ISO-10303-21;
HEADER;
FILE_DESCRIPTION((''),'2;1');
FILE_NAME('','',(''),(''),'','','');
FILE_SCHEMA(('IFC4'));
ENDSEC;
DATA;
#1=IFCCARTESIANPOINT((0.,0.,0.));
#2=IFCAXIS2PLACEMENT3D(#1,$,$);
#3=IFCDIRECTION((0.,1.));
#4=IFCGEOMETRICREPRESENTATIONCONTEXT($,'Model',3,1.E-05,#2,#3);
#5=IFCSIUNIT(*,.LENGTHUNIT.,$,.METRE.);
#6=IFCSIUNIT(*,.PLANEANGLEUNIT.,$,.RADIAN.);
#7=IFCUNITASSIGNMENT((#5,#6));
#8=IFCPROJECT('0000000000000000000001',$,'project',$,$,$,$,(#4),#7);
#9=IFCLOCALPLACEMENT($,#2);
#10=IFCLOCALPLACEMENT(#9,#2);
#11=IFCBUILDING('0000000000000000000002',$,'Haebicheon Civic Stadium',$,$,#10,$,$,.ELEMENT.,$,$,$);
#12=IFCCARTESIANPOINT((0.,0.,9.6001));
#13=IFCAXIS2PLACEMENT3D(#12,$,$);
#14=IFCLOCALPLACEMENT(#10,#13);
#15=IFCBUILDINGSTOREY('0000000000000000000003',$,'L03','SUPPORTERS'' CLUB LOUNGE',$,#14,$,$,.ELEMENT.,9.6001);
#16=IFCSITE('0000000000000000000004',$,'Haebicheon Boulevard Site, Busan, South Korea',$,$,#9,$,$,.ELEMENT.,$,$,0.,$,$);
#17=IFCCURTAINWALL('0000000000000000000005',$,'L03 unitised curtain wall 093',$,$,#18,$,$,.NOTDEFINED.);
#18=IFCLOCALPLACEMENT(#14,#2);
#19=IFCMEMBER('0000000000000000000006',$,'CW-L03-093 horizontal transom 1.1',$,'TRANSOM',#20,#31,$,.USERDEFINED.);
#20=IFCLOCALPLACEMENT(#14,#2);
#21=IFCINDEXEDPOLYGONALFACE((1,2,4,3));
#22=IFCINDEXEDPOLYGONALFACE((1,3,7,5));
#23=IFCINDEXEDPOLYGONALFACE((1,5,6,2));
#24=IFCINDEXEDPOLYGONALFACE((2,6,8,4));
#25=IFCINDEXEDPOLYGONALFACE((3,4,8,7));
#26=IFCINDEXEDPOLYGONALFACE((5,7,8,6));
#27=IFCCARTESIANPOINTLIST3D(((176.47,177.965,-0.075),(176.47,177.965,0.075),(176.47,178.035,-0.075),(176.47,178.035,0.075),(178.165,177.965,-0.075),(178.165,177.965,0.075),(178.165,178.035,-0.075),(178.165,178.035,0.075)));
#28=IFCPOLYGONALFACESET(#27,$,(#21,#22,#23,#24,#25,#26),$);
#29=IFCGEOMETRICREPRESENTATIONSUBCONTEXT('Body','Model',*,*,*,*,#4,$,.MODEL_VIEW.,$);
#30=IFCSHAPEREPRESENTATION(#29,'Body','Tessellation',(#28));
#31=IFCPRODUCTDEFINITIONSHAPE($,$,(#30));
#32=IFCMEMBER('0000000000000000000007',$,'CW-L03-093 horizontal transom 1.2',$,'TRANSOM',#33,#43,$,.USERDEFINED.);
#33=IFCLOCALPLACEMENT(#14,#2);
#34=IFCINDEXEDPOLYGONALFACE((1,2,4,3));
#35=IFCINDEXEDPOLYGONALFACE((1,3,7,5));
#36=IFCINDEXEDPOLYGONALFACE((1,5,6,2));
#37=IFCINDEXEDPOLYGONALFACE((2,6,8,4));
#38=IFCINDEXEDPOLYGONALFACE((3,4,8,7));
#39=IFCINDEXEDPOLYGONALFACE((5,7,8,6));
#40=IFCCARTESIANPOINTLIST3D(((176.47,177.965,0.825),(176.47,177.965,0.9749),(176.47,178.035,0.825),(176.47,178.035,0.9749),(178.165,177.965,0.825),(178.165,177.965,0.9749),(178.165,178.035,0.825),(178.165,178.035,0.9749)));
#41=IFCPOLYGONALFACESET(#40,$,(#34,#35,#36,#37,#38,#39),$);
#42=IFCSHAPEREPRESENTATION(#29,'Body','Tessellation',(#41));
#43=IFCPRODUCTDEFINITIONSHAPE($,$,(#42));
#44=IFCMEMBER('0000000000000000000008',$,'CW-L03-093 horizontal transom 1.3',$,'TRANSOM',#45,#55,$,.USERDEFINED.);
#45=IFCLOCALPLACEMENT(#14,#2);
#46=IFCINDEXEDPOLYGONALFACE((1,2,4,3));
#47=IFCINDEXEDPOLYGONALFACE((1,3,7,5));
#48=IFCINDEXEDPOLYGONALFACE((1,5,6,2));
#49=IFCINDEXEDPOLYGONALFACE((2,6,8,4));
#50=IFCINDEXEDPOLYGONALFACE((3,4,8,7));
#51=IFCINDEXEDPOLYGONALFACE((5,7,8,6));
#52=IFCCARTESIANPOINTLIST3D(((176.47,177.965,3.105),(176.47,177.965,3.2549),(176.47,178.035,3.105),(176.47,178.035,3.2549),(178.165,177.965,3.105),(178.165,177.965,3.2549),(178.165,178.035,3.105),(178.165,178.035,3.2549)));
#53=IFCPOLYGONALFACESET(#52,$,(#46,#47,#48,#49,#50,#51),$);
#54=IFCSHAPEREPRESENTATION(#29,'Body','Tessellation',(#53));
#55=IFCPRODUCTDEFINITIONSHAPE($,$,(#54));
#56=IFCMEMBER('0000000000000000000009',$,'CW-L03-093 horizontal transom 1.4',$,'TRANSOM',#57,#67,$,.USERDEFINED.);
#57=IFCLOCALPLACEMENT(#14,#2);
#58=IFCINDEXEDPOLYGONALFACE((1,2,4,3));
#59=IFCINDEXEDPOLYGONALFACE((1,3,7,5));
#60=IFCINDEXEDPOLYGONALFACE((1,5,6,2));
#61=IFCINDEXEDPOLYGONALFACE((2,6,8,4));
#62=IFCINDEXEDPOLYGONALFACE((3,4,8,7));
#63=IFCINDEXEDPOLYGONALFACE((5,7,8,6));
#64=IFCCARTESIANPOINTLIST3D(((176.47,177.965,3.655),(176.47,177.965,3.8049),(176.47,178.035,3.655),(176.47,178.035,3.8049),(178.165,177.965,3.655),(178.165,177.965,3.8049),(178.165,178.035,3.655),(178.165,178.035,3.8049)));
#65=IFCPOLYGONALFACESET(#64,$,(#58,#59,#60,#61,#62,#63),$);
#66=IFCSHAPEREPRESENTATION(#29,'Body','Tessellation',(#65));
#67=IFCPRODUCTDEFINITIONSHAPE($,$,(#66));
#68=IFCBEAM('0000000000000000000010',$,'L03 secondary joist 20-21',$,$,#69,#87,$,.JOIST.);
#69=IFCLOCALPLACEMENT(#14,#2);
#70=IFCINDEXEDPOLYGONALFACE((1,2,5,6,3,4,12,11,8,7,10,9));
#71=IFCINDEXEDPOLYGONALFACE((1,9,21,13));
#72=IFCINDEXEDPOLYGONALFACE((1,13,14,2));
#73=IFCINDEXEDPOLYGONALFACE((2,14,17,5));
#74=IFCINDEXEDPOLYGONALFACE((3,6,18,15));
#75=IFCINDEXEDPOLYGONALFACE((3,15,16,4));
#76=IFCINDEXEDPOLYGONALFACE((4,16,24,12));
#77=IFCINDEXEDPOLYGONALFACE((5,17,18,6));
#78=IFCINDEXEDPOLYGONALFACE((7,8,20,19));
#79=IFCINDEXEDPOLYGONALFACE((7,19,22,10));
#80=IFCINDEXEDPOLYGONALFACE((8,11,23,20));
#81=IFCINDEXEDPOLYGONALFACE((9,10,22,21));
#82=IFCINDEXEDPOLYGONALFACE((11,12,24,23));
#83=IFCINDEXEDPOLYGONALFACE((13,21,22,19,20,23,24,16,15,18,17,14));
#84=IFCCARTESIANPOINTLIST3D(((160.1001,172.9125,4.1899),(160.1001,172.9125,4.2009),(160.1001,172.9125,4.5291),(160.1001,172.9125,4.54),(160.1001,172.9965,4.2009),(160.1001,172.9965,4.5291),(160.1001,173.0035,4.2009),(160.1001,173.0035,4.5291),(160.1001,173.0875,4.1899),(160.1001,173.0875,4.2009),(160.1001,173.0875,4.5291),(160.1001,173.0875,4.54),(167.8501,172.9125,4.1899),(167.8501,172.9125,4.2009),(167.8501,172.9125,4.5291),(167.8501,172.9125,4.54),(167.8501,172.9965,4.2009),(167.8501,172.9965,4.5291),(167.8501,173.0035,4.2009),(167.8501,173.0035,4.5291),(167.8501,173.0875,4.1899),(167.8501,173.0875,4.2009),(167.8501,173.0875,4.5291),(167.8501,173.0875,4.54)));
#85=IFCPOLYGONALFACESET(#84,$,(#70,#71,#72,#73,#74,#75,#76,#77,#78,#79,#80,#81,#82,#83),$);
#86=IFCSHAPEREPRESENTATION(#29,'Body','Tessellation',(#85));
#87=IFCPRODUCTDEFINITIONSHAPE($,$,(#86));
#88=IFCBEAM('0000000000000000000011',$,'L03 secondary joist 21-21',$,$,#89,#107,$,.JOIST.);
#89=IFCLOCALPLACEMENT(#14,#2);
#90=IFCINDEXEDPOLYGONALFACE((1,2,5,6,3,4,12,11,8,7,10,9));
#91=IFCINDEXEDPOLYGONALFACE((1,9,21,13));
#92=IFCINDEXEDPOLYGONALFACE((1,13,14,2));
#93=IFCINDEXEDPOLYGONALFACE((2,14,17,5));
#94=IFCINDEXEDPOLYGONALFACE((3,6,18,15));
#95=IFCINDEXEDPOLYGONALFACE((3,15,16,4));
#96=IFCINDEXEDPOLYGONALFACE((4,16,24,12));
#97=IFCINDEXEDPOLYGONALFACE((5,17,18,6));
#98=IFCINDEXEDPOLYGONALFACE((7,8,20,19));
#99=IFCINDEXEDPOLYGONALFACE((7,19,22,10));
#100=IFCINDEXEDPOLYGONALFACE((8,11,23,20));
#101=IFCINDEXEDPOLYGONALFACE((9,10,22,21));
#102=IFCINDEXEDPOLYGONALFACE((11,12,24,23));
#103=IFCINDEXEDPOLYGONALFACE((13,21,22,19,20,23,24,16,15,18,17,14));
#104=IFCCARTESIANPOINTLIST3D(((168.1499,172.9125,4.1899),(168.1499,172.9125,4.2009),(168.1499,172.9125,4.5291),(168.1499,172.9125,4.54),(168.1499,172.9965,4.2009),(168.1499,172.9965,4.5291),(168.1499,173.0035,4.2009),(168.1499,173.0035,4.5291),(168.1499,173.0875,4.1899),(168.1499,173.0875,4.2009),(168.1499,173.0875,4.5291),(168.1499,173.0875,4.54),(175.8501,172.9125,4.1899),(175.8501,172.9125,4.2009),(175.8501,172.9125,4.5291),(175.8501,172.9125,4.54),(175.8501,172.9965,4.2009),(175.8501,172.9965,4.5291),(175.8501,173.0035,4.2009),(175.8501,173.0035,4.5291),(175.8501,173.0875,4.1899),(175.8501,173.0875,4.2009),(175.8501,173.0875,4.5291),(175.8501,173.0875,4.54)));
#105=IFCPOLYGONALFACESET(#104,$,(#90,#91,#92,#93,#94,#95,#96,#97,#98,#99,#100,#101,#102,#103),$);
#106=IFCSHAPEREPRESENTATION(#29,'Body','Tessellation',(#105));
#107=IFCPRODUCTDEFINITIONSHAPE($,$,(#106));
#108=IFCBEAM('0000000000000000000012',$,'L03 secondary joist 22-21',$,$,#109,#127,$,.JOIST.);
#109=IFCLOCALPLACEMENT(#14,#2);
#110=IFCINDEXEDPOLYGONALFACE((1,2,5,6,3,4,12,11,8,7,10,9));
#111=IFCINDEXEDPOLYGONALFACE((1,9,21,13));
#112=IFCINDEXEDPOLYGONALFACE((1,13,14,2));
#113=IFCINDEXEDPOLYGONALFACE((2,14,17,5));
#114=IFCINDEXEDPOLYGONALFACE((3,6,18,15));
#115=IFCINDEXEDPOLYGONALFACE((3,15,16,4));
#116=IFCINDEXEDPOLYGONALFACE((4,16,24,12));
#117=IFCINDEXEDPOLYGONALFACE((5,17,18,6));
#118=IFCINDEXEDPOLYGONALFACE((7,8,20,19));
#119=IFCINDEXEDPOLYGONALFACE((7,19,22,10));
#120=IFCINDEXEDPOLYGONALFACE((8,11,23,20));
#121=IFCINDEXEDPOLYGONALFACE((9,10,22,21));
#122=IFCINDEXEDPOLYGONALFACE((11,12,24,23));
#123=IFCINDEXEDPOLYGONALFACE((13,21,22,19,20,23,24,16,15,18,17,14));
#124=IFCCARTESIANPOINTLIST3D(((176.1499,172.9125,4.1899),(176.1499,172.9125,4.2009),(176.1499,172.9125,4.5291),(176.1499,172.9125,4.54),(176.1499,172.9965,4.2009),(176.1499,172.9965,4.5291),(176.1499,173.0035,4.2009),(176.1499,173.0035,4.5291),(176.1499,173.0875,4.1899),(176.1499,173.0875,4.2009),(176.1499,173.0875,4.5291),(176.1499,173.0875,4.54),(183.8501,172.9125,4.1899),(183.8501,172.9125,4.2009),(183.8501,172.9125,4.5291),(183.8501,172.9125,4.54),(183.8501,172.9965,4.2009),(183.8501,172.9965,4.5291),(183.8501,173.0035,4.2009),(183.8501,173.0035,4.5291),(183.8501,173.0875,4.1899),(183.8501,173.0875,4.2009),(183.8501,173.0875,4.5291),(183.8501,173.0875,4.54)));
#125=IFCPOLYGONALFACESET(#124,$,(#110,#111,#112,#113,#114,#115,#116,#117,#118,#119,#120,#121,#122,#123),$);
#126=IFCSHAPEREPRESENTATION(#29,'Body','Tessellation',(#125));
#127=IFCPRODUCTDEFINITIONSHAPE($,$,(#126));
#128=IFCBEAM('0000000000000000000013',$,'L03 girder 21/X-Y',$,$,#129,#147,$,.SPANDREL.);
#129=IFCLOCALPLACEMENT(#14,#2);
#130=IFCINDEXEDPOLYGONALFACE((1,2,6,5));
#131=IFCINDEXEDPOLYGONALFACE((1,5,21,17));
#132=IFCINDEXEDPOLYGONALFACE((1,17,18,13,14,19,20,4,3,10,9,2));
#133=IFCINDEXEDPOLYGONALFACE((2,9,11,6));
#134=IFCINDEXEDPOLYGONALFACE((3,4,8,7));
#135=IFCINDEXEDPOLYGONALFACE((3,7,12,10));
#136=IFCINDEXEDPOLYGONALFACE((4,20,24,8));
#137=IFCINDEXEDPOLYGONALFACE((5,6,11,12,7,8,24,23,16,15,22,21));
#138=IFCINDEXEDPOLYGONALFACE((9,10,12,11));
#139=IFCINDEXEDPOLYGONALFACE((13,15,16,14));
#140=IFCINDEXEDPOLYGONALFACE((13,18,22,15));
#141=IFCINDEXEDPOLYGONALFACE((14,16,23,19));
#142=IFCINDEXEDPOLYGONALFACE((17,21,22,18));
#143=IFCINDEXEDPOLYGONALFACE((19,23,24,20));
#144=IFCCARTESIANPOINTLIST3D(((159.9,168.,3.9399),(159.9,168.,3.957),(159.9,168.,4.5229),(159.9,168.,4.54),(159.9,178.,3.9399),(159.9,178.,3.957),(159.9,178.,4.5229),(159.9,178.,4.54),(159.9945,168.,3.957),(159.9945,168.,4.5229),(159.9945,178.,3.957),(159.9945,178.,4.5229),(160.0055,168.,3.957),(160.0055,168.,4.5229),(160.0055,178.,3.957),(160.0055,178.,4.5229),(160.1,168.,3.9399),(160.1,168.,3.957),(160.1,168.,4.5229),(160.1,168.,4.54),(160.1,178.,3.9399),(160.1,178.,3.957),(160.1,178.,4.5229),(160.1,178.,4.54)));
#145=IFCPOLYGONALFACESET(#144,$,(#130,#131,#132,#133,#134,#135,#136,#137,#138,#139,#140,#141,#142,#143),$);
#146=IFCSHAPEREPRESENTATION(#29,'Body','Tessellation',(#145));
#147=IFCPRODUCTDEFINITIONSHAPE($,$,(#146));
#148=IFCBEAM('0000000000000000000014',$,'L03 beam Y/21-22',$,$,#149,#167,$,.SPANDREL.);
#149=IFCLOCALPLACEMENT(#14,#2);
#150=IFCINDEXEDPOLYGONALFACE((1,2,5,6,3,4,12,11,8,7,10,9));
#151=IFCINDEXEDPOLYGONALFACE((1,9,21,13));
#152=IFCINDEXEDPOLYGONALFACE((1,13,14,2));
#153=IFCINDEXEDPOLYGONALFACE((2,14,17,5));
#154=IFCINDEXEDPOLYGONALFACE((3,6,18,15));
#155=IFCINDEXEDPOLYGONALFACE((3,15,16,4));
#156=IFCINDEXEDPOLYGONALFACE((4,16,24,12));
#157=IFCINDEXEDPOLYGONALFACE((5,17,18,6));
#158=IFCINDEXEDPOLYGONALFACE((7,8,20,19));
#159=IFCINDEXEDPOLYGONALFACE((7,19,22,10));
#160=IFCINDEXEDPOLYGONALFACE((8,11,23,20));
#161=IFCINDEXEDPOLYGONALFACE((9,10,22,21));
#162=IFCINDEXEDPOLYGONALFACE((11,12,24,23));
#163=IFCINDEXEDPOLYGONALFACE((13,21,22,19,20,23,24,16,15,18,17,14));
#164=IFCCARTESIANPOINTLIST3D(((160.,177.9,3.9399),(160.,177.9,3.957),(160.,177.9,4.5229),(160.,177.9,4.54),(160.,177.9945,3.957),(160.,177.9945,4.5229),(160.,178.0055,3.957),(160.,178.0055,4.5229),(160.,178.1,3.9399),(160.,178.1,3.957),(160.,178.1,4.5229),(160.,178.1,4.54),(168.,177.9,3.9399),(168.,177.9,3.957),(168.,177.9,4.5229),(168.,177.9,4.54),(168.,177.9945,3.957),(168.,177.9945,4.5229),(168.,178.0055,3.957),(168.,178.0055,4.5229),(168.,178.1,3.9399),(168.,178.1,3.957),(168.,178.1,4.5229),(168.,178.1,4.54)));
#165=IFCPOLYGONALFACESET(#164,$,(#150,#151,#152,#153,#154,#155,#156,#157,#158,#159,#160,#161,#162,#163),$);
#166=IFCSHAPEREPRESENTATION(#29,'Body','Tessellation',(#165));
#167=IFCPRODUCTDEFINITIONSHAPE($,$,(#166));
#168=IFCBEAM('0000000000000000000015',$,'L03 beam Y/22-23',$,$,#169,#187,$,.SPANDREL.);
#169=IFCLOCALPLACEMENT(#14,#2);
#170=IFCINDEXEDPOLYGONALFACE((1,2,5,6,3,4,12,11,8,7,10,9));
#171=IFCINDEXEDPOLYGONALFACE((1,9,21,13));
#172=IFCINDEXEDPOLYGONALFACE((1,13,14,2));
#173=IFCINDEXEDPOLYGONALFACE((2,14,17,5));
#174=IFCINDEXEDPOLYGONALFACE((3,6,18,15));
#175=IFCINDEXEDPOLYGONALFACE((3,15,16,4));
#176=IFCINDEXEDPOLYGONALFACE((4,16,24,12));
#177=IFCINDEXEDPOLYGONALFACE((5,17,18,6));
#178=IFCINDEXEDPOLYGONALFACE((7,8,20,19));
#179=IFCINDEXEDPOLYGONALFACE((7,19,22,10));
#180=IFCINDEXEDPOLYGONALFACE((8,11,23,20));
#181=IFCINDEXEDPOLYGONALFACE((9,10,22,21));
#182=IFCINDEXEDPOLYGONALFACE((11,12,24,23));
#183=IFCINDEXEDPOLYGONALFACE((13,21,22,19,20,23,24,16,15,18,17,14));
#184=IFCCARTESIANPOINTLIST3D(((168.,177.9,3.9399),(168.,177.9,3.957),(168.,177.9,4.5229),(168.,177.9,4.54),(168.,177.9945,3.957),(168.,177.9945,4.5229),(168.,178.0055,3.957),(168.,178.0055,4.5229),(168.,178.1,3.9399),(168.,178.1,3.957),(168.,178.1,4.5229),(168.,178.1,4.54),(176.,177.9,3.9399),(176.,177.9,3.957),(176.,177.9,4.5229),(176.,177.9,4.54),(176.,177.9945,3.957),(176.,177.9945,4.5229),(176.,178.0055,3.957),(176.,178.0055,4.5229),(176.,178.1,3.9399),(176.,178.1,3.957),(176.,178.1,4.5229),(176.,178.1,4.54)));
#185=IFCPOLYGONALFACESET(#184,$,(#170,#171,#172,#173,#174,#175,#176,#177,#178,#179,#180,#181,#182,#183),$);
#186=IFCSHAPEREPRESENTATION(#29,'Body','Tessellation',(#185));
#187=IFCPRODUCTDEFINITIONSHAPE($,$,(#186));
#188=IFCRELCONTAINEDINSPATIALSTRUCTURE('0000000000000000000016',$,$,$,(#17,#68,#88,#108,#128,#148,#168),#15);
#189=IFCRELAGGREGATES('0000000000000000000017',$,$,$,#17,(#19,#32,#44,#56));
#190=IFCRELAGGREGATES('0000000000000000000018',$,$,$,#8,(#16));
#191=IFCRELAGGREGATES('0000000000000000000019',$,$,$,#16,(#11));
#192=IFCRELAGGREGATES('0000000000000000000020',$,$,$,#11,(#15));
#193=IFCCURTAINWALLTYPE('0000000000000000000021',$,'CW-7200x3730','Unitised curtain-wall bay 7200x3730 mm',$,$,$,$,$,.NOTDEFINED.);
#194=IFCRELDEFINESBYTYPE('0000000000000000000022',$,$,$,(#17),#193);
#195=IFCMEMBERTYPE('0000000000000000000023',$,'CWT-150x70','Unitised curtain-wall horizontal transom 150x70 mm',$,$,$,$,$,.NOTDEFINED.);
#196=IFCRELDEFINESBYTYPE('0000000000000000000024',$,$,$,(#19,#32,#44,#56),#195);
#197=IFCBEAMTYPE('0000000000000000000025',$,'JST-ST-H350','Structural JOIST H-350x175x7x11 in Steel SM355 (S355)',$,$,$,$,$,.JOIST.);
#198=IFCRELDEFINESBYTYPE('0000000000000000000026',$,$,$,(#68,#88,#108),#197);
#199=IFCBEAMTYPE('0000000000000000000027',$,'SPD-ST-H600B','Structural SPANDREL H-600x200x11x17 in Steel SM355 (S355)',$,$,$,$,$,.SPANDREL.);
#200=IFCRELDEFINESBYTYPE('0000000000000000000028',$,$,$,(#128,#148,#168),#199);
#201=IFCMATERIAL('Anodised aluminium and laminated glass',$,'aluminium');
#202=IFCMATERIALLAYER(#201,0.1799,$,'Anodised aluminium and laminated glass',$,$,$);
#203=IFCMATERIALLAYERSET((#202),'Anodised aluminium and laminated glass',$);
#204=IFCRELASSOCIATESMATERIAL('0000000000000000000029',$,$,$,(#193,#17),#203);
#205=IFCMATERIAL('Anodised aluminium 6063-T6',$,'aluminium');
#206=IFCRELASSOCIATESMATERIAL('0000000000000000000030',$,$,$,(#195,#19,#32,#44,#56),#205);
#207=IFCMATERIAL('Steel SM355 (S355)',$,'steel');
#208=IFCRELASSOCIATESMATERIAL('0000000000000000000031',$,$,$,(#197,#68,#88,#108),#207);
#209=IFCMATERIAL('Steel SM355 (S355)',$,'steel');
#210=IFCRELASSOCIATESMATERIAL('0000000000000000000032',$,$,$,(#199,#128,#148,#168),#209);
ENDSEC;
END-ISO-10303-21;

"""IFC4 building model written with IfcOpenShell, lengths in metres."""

from ifc_helpers import new_model, si_unit, direction, frame, origin, origin_2d, place, context, subcontext, project, spatial, rectangle, i_section, extrude, material, layer, layer_set, material_profile, profile_set, type_object, element, aggregate, save


model = new_model("IFC4")

# Units and contexts
model_context = context("Model", 3, precision=1e-05, world=origin(), true_north=direction((0.0, 1.0)))
body_context = subcontext(model_context, "Body", "Model", "MODEL_VIEW")
ifc_project = project(units=[si_unit("LENGTHUNIT", "METRE"), si_unit("PLANEANGLEUNIT", "RADIAN")], contexts=[model_context])

# Site, building, storey
site_placement = place(None, origin())
site = spatial("IfcSite", under=ifc_project, at=site_placement, Name="Haebicheon Boulevard Site, Busan, South Korea", CompositionType="ELEMENT", RefElevation=0.0)
building_placement = place(site_placement, origin())
building = spatial("IfcBuilding", under=site, at=building_placement, Name="Haebicheon Civic Stadium", CompositionType="ELEMENT")
storey_placement = place(building_placement, frame((0.0, 0.0, 9.6001)))
storey = spatial("IfcBuildingStorey", under=building, at=storey_placement, Name="L03", Description="SUPPORTERS' CLUB LOUNGE", CompositionType="ELEMENT", Elevation=9.6001)

# Curtain wall, members
ifc_material_1 = material(Name="Anodised aluminium and laminated glass", Category="aluminium")
ifc_layer_1 = layer(ifc_material_1, 0.1799, Name="Anodised aluminium and laminated glass")
ifc_layer_set_1 = layer_set([ifc_layer_1], Name="Anodised aluminium and laminated glass")
curtain_wall_type_1 = type_object("IfcCurtainWallType", Name="CW-7200x3730", Description="Unitised curtain-wall bay 7200x3730 mm", PredefinedType="NOTDEFINED", material=ifc_layer_set_1)
curtain_wall_1_placement = place(storey_placement, origin())
curtain_wall_1 = element("IfcCurtainWall", 1, at=curtain_wall_1_placement, inside=storey, type_object=curtain_wall_type_1, material=ifc_layer_set_1, Name="L03 unitised curtain wall 093", PredefinedType="NOTDEFINED")
ifc_material_2 = material(Name="Anodised aluminium 6063-T6", Category="aluminium")
ifc_material_profile_1 = material_profile(ifc_material_2, rectangle(XDim=0.0701, YDim=0.1499, at=origin_2d()), Name="ALU-TRAN-70x150")
ifc_profile_set_1 = profile_set([ifc_material_profile_1], Name="Anodised aluminium 6063-T6")
member_type_1 = type_object("IfcMemberType", Name="CWT-150x70", Description="Unitised curtain-wall horizontal transom 150x70 mm", PredefinedType="NOTDEFINED", material=ifc_profile_set_1)
member_1_placement = place(storey_placement, frame((176.47, 178.0, 0.0), z_axis=(1.0, 0.0, 0.0), x_axis=(0.0, 1.0, 0.0)))
member_1 = element("IfcMember", 2, at=member_1_placement, type_object=member_type_1, material=ifc_profile_set_1, Name="CW-L03-093 horizontal transom 1.1", ObjectType="TRANSOM", PredefinedType="USERDEFINED", context=body_context, shape_type="SweptSolid", body=[
    extrude(rectangle(XDim=0.0701, YDim=0.1499, at=origin_2d()), origin(), (0.0, 0.0, 1.0), 1.6951),
])
member_2_placement = place(storey_placement, frame((176.47, 178.0, 0.8999), z_axis=(1.0, 0.0, 0.0), x_axis=(0.0, 1.0, 0.0)))
member_2 = element("IfcMember", 3, at=member_2_placement, type_object=member_type_1, material=ifc_profile_set_1, Name="CW-L03-093 horizontal transom 1.2", ObjectType="TRANSOM", PredefinedType="USERDEFINED", context=body_context, shape_type="SweptSolid", body=[
    extrude(rectangle(XDim=0.0701, YDim=0.1499, at=origin_2d()), origin(), (0.0, 0.0, 1.0), 1.6951),
])
member_3_placement = place(storey_placement, frame((176.47, 178.0, 3.1799), z_axis=(1.0, 0.0, 0.0), x_axis=(0.0, 1.0, 0.0)))
member_3 = element("IfcMember", 4, at=member_3_placement, type_object=member_type_1, material=ifc_profile_set_1, Name="CW-L03-093 horizontal transom 1.3", ObjectType="TRANSOM", PredefinedType="USERDEFINED", context=body_context, shape_type="SweptSolid", body=[
    extrude(rectangle(XDim=0.0701, YDim=0.1499, at=origin_2d()), origin(), (0.0, 0.0, 1.0), 1.6951),
])
member_4_placement = place(storey_placement, frame((176.47, 178.0, 3.73), z_axis=(1.0, 0.0, 0.0), x_axis=(0.0, 1.0, 0.0)))
member_4 = element("IfcMember", 5, at=member_4_placement, type_object=member_type_1, material=ifc_profile_set_1, Name="CW-L03-093 horizontal transom 1.4", ObjectType="TRANSOM", PredefinedType="USERDEFINED", context=body_context, shape_type="SweptSolid", body=[
    extrude(rectangle(XDim=0.0701, YDim=0.1499, at=origin_2d()), origin(), (0.0, 0.0, 1.0), 1.6951),
])

# Beams
ifc_material_3 = material(Name="Steel SM355 (S355)", Category="steel")
ifc_material_profile_2 = material_profile(ifc_material_3, i_section(OverallWidth=0.175, OverallDepth=0.3501, WebThickness=0.0071, FlangeThickness=0.011, at=origin_2d()), Name="H-350x175x7x11")
ifc_profile_set_2 = profile_set([ifc_material_profile_2], Name="Steel SM355 (S355)")
beam_type_1 = type_object("IfcBeamType", Name="JST-ST-H350", Description="Structural JOIST H-350x175x7x11 in Steel SM355 (S355)", PredefinedType="JOIST", material=ifc_profile_set_2)
beam_1_placement = place(storey_placement, frame((160.1001, 173.0, 4.365), z_axis=(1.0, 0.0, 0.0), x_axis=(0.0, 1.0, 0.0)))
element("IfcBeam", 6, at=beam_1_placement, inside=storey, type_object=beam_type_1, material=ifc_profile_set_2, Name="L03 secondary joist 20-21", PredefinedType="JOIST", context=body_context, shape_type="SweptSolid", body=[
    extrude(i_section(OverallWidth=0.175, OverallDepth=0.3501, WebThickness=0.0071, FlangeThickness=0.011, at=origin_2d()), origin(), (0.0, 0.0, 1.0), 7.75),
])
for number, where, z_axis, x_axis, name in (
    (7, (168.1499, 173.0, 4.365), (1.0, 0.0, 0.0), (0.0, 1.0, 0.0), "L03 secondary joist 21-21"),
    (8, (176.1499, 173.0, 4.365), (1.0, 0.0, 0.0), (0.0, 1.0, 0.0), "L03 secondary joist 22-21"),
):
    element("IfcBeam", number, at=place(storey_placement, frame(where, z_axis=z_axis, x_axis=x_axis)), inside=storey, type_object=beam_type_1, material=ifc_profile_set_2, Name=name, PredefinedType="JOIST", context=body_context, shape_type="SweptSolid", body=[
        extrude(i_section(OverallWidth=0.175, OverallDepth=0.3501, WebThickness=0.0071, FlangeThickness=0.011, at=origin_2d()), origin(), (0.0, 0.0, 1.0), 7.7002),
    ])
ifc_material_4 = material(Name="Steel SM355 (S355)", Category="steel")
ifc_material_profile_3 = material_profile(ifc_material_4, i_section(OverallWidth=0.2, OverallDepth=0.6001, WebThickness=0.011, FlangeThickness=0.0171, at=origin_2d()), Name="H-600x200x11x17")
ifc_profile_set_3 = profile_set([ifc_material_profile_3], Name="Steel SM355 (S355)")
beam_type_2 = type_object("IfcBeamType", Name="SPD-ST-H600B", Description="Structural SPANDREL H-600x200x11x17 in Steel SM355 (S355)", PredefinedType="SPANDREL", material=ifc_profile_set_3)
beam_2_placement = place(storey_placement, frame((160.0, 168.0, 4.24), z_axis=(0.0, 1.0, 0.0), x_axis=(-1.0, 0.0, 0.0)))
element("IfcBeam", 9, at=beam_2_placement, inside=storey, type_object=beam_type_2, material=ifc_profile_set_3, Name="L03 girder 21/X-Y", PredefinedType="SPANDREL", context=body_context, shape_type="SweptSolid", body=[
    extrude(i_section(OverallWidth=0.2, OverallDepth=0.6001, WebThickness=0.011, FlangeThickness=0.0171, at=origin_2d()), origin(), (0.0, 0.0, 1.0), 10.0),
])
for number, where, z_axis, x_axis, name in (
    (10, (160.0, 178.0, 4.24), (1.0, 0.0, 0.0), (0.0, 1.0, 0.0), "L03 beam Y/21-22"),
    (11, (168.0, 178.0, 4.24), (1.0, 0.0, 0.0), (0.0, 1.0, 0.0), "L03 beam Y/22-23"),
):
    element("IfcBeam", number, at=place(storey_placement, frame(where, z_axis=z_axis, x_axis=x_axis)), inside=storey, type_object=beam_type_2, material=ifc_profile_set_3, Name=name, PredefinedType="SPANDREL", context=body_context, shape_type="SweptSolid", body=[
        extrude(i_section(OverallWidth=0.2, OverallDepth=0.6001, WebThickness=0.011, FlangeThickness=0.0171, at=origin_2d()), origin(), (0.0, 0.0, 1.0), 8.0),
    ])

aggregate(curtain_wall_1, [member_1, member_2, member_3, member_4])

save(model, "model.ifc")
